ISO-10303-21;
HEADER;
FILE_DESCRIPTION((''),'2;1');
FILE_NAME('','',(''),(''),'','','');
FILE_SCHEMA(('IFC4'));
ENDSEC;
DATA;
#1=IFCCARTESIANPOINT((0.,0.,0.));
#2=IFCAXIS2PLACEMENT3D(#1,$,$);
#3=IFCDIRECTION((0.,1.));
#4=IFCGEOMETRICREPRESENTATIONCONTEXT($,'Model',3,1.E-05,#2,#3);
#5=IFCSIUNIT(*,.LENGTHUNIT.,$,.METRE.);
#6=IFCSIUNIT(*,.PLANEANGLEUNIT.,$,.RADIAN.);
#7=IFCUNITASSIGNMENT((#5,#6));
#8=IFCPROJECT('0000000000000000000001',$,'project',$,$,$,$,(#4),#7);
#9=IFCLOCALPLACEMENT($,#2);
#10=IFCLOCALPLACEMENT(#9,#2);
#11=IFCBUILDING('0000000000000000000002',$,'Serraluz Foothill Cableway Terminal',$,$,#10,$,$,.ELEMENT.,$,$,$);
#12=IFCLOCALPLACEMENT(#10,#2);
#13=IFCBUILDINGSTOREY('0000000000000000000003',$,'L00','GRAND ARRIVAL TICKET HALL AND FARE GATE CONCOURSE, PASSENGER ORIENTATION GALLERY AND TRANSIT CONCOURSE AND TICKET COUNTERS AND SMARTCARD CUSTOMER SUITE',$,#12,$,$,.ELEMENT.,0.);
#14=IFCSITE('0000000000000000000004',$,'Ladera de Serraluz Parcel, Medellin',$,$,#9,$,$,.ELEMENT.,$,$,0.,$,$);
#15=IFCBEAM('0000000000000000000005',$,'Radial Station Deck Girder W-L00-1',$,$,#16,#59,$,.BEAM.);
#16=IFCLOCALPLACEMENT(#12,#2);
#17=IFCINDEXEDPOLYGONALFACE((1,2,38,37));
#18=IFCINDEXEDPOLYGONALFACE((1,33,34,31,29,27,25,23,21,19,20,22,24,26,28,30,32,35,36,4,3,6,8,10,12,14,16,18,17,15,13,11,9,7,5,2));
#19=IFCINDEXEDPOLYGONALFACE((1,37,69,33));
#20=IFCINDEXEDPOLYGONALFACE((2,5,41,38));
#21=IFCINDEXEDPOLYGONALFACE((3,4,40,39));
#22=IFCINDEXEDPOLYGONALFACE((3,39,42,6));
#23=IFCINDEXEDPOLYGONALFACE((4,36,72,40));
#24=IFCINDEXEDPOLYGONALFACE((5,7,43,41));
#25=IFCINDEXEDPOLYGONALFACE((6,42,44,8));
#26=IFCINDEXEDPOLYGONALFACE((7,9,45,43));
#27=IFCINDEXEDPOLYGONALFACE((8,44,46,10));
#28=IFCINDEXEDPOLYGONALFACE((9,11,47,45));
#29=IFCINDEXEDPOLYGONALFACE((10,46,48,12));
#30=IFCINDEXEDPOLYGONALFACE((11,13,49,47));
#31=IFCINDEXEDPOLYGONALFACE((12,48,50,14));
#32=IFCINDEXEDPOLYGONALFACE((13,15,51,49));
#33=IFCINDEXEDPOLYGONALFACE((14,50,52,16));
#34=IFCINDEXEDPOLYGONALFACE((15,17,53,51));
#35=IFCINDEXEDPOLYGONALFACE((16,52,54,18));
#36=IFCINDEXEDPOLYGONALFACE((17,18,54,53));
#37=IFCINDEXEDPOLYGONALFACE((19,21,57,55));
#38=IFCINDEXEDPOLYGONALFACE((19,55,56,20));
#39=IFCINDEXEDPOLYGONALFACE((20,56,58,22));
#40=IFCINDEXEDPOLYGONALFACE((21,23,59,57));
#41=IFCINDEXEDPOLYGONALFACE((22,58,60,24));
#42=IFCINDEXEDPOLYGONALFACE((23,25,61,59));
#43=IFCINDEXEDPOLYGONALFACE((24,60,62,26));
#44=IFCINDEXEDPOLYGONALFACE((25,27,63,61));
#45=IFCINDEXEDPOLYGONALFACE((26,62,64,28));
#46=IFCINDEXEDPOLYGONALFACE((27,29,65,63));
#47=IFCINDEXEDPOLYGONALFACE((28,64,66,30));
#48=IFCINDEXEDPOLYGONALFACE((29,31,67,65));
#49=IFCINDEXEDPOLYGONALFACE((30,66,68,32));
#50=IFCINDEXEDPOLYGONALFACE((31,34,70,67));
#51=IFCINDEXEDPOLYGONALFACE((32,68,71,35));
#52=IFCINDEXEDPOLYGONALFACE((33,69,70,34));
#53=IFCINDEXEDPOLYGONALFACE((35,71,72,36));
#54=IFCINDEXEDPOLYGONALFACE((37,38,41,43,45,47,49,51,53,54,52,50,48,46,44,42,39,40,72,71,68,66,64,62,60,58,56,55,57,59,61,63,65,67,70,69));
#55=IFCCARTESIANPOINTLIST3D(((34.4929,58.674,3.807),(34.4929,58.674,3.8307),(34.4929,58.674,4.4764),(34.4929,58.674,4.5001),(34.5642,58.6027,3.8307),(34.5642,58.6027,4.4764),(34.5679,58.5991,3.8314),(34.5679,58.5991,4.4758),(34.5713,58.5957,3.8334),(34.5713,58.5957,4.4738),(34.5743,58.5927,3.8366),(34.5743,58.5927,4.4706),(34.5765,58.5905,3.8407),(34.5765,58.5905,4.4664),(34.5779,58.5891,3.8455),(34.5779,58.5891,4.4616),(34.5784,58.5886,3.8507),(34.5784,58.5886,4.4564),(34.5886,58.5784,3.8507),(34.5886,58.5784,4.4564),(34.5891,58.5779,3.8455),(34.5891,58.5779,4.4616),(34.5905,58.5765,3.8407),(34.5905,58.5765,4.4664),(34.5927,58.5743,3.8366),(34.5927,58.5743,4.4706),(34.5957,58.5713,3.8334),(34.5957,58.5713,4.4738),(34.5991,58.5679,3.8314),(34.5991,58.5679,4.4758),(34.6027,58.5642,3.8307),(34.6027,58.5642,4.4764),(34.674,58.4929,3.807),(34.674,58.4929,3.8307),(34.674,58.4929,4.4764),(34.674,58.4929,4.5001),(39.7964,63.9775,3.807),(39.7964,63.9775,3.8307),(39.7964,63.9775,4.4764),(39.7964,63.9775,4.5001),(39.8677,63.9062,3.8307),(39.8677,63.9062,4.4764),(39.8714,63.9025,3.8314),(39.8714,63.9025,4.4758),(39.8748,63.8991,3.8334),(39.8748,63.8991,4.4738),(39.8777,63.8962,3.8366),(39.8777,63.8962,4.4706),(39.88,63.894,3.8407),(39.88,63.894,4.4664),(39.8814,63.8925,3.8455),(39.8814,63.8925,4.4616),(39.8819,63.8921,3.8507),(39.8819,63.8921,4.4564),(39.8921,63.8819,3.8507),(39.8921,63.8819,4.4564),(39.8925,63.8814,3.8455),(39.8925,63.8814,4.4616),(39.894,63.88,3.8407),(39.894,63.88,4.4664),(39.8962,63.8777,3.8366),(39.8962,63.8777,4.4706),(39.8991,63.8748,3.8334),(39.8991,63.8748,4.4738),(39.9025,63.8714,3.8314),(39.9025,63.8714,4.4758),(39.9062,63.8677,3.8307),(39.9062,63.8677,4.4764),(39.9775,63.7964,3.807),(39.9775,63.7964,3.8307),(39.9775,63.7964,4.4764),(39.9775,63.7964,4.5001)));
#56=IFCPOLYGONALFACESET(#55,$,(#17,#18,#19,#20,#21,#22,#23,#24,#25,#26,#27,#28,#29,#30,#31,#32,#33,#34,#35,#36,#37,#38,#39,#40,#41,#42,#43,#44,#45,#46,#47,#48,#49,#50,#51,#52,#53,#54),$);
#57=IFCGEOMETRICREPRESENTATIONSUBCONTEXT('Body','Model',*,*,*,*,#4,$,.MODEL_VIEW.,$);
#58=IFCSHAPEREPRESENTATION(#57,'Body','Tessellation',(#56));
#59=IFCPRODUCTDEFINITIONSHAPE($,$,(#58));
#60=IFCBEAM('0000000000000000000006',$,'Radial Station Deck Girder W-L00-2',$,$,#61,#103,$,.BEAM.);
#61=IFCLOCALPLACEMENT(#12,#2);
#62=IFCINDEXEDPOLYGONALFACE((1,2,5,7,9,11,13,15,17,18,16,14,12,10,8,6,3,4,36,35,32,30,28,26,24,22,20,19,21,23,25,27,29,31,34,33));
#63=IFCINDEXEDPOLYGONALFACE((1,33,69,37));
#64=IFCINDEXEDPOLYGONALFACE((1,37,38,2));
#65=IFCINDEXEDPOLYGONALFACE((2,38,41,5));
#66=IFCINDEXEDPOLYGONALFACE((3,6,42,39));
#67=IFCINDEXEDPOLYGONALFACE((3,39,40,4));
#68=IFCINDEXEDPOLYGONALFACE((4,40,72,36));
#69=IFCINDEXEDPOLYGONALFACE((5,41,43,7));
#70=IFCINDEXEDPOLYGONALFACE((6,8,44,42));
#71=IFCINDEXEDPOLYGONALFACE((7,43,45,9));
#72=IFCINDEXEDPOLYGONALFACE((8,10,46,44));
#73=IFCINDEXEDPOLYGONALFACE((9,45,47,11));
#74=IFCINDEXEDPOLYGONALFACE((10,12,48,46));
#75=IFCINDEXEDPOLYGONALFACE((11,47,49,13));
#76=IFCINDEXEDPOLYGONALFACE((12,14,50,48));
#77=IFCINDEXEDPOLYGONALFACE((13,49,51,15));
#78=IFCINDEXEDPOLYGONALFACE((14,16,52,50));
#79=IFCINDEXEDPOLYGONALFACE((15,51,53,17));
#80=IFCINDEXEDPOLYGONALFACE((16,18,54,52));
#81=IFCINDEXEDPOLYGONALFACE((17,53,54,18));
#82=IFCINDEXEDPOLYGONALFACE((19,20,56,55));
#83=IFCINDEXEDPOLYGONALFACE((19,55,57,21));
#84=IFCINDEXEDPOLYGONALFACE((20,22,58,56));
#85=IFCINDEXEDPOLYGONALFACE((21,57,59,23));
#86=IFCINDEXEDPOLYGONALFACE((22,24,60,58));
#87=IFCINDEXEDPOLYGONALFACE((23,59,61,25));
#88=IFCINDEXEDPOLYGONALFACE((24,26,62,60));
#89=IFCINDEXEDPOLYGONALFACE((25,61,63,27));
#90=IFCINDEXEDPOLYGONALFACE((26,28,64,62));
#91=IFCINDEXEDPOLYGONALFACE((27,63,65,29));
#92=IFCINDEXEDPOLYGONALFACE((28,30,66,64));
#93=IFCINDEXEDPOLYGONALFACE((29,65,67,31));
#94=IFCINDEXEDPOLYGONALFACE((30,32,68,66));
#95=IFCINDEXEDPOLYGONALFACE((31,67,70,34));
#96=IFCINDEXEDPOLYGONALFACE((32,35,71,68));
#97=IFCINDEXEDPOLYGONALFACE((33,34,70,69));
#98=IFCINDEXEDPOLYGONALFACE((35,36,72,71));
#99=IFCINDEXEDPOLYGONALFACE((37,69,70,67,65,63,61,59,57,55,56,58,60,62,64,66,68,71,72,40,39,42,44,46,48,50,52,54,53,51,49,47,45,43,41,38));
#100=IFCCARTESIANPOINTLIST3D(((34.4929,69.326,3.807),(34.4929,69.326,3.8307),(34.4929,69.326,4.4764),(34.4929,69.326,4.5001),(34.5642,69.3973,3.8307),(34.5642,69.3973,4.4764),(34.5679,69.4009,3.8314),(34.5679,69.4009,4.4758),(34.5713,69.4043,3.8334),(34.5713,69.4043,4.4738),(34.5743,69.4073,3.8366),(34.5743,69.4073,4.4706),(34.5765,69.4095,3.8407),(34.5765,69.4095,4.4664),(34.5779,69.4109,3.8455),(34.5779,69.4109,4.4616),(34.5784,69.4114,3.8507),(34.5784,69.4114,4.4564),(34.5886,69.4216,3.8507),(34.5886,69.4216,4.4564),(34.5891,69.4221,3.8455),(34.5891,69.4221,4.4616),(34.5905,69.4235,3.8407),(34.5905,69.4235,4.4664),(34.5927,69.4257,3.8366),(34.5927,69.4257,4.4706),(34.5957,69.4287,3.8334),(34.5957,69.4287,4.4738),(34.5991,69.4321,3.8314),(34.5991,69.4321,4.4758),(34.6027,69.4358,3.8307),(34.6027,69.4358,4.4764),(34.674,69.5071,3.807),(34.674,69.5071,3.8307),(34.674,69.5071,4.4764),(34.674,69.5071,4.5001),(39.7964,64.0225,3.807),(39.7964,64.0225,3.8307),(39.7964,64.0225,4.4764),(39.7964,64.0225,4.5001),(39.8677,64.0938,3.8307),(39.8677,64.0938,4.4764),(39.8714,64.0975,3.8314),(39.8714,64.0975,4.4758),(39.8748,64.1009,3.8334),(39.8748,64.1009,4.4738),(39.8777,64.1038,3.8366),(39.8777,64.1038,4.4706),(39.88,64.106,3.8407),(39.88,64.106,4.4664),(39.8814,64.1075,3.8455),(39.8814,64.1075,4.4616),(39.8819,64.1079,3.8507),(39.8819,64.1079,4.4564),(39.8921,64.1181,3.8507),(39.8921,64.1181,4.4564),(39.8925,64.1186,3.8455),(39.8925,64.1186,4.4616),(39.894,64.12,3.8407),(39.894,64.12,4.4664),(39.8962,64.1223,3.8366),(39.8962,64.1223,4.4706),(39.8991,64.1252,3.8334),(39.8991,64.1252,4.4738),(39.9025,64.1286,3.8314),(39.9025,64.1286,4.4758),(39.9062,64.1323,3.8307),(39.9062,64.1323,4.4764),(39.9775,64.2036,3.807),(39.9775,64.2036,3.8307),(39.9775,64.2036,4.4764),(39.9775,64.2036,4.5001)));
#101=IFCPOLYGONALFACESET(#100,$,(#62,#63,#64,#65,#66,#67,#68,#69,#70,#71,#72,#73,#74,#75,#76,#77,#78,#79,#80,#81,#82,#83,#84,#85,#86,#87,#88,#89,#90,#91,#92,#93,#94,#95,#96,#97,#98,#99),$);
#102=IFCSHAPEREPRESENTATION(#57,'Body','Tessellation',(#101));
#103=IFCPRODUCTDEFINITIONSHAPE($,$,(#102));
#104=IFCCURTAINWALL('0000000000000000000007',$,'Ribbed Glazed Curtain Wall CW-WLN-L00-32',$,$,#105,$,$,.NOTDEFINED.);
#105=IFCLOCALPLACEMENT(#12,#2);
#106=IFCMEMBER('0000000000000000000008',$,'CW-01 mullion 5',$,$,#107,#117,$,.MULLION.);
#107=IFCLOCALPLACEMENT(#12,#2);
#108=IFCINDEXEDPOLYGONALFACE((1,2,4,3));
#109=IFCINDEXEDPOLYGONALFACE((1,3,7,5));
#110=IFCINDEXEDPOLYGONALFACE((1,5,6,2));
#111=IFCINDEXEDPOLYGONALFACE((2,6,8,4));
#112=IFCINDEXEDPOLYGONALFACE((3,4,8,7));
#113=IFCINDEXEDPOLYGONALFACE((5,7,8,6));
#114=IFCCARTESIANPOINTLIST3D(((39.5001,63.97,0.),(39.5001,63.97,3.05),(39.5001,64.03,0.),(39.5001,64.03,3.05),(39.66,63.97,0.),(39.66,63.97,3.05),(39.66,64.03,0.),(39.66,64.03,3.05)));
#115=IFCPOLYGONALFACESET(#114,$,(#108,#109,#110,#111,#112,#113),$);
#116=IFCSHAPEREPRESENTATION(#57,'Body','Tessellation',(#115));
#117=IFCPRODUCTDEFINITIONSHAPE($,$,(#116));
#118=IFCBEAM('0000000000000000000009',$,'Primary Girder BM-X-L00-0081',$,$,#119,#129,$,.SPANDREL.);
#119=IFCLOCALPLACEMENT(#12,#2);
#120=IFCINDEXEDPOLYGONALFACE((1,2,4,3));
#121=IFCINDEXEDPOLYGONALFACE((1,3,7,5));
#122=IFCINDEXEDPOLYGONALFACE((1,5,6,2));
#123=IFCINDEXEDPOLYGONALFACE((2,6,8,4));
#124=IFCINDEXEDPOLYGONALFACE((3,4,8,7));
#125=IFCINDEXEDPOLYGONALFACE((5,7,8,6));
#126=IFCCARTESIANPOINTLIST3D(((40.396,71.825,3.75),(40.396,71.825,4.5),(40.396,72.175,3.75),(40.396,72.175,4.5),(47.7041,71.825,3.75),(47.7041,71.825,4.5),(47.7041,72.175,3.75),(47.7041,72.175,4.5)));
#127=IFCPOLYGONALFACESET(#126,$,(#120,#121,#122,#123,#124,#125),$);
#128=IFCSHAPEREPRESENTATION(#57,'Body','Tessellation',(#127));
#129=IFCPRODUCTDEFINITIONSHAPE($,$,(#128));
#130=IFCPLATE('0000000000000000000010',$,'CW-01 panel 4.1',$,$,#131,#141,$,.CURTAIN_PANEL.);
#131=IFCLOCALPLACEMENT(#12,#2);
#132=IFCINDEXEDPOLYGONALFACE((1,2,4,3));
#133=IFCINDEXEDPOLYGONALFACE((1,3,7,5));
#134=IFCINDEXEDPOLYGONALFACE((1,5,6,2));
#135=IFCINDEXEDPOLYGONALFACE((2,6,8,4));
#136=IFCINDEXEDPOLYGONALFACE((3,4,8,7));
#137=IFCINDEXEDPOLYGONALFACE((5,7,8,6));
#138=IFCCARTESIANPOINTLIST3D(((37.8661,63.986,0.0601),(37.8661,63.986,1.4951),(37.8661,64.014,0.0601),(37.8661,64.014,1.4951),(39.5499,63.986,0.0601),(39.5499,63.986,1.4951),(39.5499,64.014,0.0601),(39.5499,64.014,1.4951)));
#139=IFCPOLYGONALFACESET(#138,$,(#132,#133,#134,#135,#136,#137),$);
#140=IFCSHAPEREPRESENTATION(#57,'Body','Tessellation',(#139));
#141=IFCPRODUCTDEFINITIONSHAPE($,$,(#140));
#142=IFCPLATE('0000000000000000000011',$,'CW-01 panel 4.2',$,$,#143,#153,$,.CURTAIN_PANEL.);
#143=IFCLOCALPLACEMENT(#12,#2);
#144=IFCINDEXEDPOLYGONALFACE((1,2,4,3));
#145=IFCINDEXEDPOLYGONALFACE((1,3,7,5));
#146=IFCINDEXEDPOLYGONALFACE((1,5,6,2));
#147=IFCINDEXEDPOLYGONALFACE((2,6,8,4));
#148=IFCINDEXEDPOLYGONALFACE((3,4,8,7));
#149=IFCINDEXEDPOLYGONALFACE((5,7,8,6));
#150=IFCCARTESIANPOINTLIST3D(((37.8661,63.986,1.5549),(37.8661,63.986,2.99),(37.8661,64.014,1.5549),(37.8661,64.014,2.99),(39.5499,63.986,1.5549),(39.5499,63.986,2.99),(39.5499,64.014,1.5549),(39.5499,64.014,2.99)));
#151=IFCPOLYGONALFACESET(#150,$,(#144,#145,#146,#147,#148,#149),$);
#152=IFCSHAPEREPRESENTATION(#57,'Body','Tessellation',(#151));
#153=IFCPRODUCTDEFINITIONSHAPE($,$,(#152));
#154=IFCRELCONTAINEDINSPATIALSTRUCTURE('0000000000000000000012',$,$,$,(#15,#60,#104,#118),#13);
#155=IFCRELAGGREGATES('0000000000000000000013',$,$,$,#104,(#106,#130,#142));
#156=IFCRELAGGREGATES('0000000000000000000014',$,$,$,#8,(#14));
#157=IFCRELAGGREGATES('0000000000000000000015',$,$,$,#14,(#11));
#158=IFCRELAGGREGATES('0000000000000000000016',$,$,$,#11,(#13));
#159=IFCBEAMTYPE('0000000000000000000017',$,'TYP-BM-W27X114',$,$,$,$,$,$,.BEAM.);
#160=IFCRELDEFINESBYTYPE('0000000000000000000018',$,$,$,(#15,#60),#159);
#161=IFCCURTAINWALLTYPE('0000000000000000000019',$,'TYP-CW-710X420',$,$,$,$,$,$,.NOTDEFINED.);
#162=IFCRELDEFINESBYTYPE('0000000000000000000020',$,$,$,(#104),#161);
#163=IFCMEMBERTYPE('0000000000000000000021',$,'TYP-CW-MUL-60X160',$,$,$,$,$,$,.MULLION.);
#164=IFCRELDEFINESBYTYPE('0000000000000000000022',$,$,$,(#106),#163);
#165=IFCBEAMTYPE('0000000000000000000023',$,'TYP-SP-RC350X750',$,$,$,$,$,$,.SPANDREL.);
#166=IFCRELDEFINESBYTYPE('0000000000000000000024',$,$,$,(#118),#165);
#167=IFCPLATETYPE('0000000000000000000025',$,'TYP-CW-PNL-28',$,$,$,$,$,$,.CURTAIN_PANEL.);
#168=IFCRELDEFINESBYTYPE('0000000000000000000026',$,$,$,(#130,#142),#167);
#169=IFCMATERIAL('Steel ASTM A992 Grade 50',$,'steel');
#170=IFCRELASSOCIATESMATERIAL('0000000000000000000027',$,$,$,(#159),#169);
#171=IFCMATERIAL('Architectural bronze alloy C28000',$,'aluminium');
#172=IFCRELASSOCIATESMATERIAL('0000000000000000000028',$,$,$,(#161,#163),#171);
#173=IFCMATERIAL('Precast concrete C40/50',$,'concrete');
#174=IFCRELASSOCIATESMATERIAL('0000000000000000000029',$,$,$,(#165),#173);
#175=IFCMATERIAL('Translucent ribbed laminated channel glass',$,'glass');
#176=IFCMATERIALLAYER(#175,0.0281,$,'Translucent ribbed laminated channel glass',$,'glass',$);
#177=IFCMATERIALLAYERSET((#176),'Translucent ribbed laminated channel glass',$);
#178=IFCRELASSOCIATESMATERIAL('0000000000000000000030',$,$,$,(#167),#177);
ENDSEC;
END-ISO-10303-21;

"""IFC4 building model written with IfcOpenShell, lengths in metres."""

from ifc_helpers import new_model, si_unit, direction, frame, origin, origin_2d, place, context, subcontext, project, spatial, rectangle, i_section, extrude, material, layer, layer_set, material_profile, profile_set, type_object, element, aggregate, save


model = new_model("IFC4")

# Units and contexts
model_context = context("Model", 3, precision=1e-05, world=origin(), true_north=direction((0.0, 1.0)))
body_context = subcontext(model_context, "Body", "Model", "MODEL_VIEW")
ifc_project = project(units=[si_unit("LENGTHUNIT", "METRE"), si_unit("PLANEANGLEUNIT", "RADIAN")], contexts=[model_context])

# Site, building, storey
site_placement = place(None, origin())
site = spatial("IfcSite", under=ifc_project, at=site_placement, Name="Ladera de Serraluz Parcel, Medellin", CompositionType="ELEMENT", RefElevation=0.0)
building_placement = place(site_placement, origin())
building = spatial("IfcBuilding", under=site, at=building_placement, Name="Serraluz Foothill Cableway Terminal", CompositionType="ELEMENT")
storey_placement = place(building_placement, origin())
storey = spatial("IfcBuildingStorey", under=building, at=storey_placement, Name="L00", Description="GRAND ARRIVAL TICKET HALL AND FARE GATE CONCOURSE, PASSENGER ORIENTATION GALLERY AND TRANSIT CONCOURSE AND TICKET COUNTERS AND SMARTCARD CUSTOMER SUITE", CompositionType="ELEMENT", Elevation=0.0)

# Beams
ifc_material_1 = material(Name="Steel ASTM A992 Grade 50", Category="steel")
ifc_material_profile_1 = material_profile(ifc_material_1, i_section(OverallWidth=0.2561, OverallDepth=0.6931, WebThickness=0.0144, FlangeThickness=0.0237, FilletRadius=0.02, at=origin_2d()), Name="W27X114")
ifc_profile_set_1 = profile_set([ifc_material_profile_1], Name="Steel ASTM A992 Grade 50")
beam_type_1 = type_object("IfcBeamType", Name="TYP-BM-W27X114", PredefinedType="BEAM", material=ifc_profile_set_1)
for number, where, z_axis, x_axis, name in (
    (1, (39.887, 63.887, 4.1536), (-0.707107, -0.707107, 0.0), (0.707107, -0.707107, 0.0), "Radial Station Deck Girder W-L00-1"),
    (2, (39.887, 64.113, 4.1536), (-0.707107, 0.707107, 0.0), (-0.707107, -0.707107, 0.0), "Radial Station Deck Girder W-L00-2"),
):
    element("IfcBeam", number, at=place(storey_placement, frame(where, z_axis=z_axis, x_axis=x_axis)), inside=storey, type_object=beam_type_1, Name=name, PredefinedType="BEAM", context=body_context, shape_type="SweptSolid", body=[
        extrude(i_section(OverallWidth=0.2561, OverallDepth=0.6931, WebThickness=0.0144, FlangeThickness=0.0237, FilletRadius=0.02, at=origin_2d()), origin(), (0.0, 0.0, 1.0), 7.5002),
    ])

# Curtain wall, member
ifc_material_2 = material(Name="Architectural bronze alloy C28000", Category="aluminium")
curtain_wall_type = type_object("IfcCurtainWallType", Name="TYP-CW-710X420", PredefinedType="NOTDEFINED", material=ifc_material_2)
curtain_wall_placement = place(storey_placement, origin())
curtain_wall = element("IfcCurtainWall", 3, at=curtain_wall_placement, inside=storey, type_object=curtain_wall_type, Name="Ribbed Glazed Curtain Wall CW-WLN-L00-32", PredefinedType="NOTDEFINED")
ifc_material_profile_2 = material_profile(ifc_material_2, rectangle(XDim=0.0601, YDim=0.1599, at=origin_2d()), Name="ALU MULLION 60x160")
ifc_profile_set_2 = profile_set([ifc_material_profile_2], Name="Architectural bronze alloy C28000")
member_type = type_object("IfcMemberType", Name="TYP-CW-MUL-60X160", PredefinedType="MULLION", material=ifc_profile_set_2)
member_placement = place(storey_placement, frame((39.5801, 64.0, 0.0), z_axis=(0.0, 0.0, 1.0), x_axis=(0.0, 1.0, 0.0)))
member = element("IfcMember", 4, at=member_placement, type_object=member_type, Name="CW-01 mullion 5", PredefinedType="MULLION", context=body_context, shape_type="SweptSolid", body=[
    extrude(rectangle(XDim=0.0601, YDim=0.1599, at=origin_2d()), origin(), (0.0, 0.0, 1.0), 3.05),
])

# Beam
ifc_material_3 = material(Name="Precast concrete C40/50", Category="concrete")
ifc_material_profile_3 = material_profile(ifc_material_3, rectangle(XDim=0.3501, YDim=0.75, at=origin_2d()), Name="RC SP 350x750")
ifc_profile_set_3 = profile_set([ifc_material_profile_3], Name="Precast concrete C40/50")
beam_type_2 = type_object("IfcBeamType", Name="TYP-SP-RC350X750", PredefinedType="SPANDREL", material=ifc_profile_set_3)
beam_placement = place(storey_placement, frame((40.396, 72.0, 4.125), z_axis=(1.0, 0.0, 0.0), x_axis=(0.0, 1.0, 0.0)))
element("IfcBeam", 5, at=beam_placement, inside=storey, type_object=beam_type_2, Name="Primary Girder BM-X-L00-0081", PredefinedType="SPANDREL", context=body_context, shape_type="SweptSolid", body=[
    extrude(rectangle(XDim=0.3501, YDim=0.75, at=origin_2d()), origin(), (0.0, 0.0, 1.0), 7.3081),
])

# Plates
ifc_material_4 = material(Name="Translucent ribbed laminated channel glass", Category="glass")
ifc_layer_1 = layer(ifc_material_4, 0.0281, Name="Translucent ribbed laminated channel glass", Category="glass")
ifc_layer_set_1 = layer_set([ifc_layer_1], Name="Translucent ribbed laminated channel glass")
plate_type = type_object("IfcPlateType", Name="TYP-CW-PNL-28", PredefinedType="CURTAIN_PANEL", material=ifc_layer_set_1)
plate_1_placement = place(storey_placement, frame((38.708, 64.0, 0.0601), z_axis=(0.0, 0.0, 1.0), x_axis=(1.0, 0.0, 0.0)))
plate_1 = element("IfcPlate", 6, at=plate_1_placement, type_object=plate_type, Name="CW-01 panel 4.1", PredefinedType="CURTAIN_PANEL", context=body_context, shape_type="SweptSolid", body=[
    extrude(rectangle(XDim=1.6838, YDim=0.0281, at=origin_2d()), origin(), (0.0, 0.0, 1.0), 1.4351),
])
plate_2_placement = place(storey_placement, frame((38.708, 64.0, 1.5549), z_axis=(0.0, 0.0, 1.0), x_axis=(1.0, 0.0, 0.0)))
plate_2 = element("IfcPlate", 7, at=plate_2_placement, type_object=plate_type, Name="CW-01 panel 4.2", PredefinedType="CURTAIN_PANEL", context=body_context, shape_type="SweptSolid", body=[
    extrude(rectangle(XDim=1.6838, YDim=0.0281, at=origin_2d()), origin(), (0.0, 0.0, 1.0), 1.4351),
])
aggregate(curtain_wall, [member, plate_1, plate_2])

save(model, "model.ifc")
